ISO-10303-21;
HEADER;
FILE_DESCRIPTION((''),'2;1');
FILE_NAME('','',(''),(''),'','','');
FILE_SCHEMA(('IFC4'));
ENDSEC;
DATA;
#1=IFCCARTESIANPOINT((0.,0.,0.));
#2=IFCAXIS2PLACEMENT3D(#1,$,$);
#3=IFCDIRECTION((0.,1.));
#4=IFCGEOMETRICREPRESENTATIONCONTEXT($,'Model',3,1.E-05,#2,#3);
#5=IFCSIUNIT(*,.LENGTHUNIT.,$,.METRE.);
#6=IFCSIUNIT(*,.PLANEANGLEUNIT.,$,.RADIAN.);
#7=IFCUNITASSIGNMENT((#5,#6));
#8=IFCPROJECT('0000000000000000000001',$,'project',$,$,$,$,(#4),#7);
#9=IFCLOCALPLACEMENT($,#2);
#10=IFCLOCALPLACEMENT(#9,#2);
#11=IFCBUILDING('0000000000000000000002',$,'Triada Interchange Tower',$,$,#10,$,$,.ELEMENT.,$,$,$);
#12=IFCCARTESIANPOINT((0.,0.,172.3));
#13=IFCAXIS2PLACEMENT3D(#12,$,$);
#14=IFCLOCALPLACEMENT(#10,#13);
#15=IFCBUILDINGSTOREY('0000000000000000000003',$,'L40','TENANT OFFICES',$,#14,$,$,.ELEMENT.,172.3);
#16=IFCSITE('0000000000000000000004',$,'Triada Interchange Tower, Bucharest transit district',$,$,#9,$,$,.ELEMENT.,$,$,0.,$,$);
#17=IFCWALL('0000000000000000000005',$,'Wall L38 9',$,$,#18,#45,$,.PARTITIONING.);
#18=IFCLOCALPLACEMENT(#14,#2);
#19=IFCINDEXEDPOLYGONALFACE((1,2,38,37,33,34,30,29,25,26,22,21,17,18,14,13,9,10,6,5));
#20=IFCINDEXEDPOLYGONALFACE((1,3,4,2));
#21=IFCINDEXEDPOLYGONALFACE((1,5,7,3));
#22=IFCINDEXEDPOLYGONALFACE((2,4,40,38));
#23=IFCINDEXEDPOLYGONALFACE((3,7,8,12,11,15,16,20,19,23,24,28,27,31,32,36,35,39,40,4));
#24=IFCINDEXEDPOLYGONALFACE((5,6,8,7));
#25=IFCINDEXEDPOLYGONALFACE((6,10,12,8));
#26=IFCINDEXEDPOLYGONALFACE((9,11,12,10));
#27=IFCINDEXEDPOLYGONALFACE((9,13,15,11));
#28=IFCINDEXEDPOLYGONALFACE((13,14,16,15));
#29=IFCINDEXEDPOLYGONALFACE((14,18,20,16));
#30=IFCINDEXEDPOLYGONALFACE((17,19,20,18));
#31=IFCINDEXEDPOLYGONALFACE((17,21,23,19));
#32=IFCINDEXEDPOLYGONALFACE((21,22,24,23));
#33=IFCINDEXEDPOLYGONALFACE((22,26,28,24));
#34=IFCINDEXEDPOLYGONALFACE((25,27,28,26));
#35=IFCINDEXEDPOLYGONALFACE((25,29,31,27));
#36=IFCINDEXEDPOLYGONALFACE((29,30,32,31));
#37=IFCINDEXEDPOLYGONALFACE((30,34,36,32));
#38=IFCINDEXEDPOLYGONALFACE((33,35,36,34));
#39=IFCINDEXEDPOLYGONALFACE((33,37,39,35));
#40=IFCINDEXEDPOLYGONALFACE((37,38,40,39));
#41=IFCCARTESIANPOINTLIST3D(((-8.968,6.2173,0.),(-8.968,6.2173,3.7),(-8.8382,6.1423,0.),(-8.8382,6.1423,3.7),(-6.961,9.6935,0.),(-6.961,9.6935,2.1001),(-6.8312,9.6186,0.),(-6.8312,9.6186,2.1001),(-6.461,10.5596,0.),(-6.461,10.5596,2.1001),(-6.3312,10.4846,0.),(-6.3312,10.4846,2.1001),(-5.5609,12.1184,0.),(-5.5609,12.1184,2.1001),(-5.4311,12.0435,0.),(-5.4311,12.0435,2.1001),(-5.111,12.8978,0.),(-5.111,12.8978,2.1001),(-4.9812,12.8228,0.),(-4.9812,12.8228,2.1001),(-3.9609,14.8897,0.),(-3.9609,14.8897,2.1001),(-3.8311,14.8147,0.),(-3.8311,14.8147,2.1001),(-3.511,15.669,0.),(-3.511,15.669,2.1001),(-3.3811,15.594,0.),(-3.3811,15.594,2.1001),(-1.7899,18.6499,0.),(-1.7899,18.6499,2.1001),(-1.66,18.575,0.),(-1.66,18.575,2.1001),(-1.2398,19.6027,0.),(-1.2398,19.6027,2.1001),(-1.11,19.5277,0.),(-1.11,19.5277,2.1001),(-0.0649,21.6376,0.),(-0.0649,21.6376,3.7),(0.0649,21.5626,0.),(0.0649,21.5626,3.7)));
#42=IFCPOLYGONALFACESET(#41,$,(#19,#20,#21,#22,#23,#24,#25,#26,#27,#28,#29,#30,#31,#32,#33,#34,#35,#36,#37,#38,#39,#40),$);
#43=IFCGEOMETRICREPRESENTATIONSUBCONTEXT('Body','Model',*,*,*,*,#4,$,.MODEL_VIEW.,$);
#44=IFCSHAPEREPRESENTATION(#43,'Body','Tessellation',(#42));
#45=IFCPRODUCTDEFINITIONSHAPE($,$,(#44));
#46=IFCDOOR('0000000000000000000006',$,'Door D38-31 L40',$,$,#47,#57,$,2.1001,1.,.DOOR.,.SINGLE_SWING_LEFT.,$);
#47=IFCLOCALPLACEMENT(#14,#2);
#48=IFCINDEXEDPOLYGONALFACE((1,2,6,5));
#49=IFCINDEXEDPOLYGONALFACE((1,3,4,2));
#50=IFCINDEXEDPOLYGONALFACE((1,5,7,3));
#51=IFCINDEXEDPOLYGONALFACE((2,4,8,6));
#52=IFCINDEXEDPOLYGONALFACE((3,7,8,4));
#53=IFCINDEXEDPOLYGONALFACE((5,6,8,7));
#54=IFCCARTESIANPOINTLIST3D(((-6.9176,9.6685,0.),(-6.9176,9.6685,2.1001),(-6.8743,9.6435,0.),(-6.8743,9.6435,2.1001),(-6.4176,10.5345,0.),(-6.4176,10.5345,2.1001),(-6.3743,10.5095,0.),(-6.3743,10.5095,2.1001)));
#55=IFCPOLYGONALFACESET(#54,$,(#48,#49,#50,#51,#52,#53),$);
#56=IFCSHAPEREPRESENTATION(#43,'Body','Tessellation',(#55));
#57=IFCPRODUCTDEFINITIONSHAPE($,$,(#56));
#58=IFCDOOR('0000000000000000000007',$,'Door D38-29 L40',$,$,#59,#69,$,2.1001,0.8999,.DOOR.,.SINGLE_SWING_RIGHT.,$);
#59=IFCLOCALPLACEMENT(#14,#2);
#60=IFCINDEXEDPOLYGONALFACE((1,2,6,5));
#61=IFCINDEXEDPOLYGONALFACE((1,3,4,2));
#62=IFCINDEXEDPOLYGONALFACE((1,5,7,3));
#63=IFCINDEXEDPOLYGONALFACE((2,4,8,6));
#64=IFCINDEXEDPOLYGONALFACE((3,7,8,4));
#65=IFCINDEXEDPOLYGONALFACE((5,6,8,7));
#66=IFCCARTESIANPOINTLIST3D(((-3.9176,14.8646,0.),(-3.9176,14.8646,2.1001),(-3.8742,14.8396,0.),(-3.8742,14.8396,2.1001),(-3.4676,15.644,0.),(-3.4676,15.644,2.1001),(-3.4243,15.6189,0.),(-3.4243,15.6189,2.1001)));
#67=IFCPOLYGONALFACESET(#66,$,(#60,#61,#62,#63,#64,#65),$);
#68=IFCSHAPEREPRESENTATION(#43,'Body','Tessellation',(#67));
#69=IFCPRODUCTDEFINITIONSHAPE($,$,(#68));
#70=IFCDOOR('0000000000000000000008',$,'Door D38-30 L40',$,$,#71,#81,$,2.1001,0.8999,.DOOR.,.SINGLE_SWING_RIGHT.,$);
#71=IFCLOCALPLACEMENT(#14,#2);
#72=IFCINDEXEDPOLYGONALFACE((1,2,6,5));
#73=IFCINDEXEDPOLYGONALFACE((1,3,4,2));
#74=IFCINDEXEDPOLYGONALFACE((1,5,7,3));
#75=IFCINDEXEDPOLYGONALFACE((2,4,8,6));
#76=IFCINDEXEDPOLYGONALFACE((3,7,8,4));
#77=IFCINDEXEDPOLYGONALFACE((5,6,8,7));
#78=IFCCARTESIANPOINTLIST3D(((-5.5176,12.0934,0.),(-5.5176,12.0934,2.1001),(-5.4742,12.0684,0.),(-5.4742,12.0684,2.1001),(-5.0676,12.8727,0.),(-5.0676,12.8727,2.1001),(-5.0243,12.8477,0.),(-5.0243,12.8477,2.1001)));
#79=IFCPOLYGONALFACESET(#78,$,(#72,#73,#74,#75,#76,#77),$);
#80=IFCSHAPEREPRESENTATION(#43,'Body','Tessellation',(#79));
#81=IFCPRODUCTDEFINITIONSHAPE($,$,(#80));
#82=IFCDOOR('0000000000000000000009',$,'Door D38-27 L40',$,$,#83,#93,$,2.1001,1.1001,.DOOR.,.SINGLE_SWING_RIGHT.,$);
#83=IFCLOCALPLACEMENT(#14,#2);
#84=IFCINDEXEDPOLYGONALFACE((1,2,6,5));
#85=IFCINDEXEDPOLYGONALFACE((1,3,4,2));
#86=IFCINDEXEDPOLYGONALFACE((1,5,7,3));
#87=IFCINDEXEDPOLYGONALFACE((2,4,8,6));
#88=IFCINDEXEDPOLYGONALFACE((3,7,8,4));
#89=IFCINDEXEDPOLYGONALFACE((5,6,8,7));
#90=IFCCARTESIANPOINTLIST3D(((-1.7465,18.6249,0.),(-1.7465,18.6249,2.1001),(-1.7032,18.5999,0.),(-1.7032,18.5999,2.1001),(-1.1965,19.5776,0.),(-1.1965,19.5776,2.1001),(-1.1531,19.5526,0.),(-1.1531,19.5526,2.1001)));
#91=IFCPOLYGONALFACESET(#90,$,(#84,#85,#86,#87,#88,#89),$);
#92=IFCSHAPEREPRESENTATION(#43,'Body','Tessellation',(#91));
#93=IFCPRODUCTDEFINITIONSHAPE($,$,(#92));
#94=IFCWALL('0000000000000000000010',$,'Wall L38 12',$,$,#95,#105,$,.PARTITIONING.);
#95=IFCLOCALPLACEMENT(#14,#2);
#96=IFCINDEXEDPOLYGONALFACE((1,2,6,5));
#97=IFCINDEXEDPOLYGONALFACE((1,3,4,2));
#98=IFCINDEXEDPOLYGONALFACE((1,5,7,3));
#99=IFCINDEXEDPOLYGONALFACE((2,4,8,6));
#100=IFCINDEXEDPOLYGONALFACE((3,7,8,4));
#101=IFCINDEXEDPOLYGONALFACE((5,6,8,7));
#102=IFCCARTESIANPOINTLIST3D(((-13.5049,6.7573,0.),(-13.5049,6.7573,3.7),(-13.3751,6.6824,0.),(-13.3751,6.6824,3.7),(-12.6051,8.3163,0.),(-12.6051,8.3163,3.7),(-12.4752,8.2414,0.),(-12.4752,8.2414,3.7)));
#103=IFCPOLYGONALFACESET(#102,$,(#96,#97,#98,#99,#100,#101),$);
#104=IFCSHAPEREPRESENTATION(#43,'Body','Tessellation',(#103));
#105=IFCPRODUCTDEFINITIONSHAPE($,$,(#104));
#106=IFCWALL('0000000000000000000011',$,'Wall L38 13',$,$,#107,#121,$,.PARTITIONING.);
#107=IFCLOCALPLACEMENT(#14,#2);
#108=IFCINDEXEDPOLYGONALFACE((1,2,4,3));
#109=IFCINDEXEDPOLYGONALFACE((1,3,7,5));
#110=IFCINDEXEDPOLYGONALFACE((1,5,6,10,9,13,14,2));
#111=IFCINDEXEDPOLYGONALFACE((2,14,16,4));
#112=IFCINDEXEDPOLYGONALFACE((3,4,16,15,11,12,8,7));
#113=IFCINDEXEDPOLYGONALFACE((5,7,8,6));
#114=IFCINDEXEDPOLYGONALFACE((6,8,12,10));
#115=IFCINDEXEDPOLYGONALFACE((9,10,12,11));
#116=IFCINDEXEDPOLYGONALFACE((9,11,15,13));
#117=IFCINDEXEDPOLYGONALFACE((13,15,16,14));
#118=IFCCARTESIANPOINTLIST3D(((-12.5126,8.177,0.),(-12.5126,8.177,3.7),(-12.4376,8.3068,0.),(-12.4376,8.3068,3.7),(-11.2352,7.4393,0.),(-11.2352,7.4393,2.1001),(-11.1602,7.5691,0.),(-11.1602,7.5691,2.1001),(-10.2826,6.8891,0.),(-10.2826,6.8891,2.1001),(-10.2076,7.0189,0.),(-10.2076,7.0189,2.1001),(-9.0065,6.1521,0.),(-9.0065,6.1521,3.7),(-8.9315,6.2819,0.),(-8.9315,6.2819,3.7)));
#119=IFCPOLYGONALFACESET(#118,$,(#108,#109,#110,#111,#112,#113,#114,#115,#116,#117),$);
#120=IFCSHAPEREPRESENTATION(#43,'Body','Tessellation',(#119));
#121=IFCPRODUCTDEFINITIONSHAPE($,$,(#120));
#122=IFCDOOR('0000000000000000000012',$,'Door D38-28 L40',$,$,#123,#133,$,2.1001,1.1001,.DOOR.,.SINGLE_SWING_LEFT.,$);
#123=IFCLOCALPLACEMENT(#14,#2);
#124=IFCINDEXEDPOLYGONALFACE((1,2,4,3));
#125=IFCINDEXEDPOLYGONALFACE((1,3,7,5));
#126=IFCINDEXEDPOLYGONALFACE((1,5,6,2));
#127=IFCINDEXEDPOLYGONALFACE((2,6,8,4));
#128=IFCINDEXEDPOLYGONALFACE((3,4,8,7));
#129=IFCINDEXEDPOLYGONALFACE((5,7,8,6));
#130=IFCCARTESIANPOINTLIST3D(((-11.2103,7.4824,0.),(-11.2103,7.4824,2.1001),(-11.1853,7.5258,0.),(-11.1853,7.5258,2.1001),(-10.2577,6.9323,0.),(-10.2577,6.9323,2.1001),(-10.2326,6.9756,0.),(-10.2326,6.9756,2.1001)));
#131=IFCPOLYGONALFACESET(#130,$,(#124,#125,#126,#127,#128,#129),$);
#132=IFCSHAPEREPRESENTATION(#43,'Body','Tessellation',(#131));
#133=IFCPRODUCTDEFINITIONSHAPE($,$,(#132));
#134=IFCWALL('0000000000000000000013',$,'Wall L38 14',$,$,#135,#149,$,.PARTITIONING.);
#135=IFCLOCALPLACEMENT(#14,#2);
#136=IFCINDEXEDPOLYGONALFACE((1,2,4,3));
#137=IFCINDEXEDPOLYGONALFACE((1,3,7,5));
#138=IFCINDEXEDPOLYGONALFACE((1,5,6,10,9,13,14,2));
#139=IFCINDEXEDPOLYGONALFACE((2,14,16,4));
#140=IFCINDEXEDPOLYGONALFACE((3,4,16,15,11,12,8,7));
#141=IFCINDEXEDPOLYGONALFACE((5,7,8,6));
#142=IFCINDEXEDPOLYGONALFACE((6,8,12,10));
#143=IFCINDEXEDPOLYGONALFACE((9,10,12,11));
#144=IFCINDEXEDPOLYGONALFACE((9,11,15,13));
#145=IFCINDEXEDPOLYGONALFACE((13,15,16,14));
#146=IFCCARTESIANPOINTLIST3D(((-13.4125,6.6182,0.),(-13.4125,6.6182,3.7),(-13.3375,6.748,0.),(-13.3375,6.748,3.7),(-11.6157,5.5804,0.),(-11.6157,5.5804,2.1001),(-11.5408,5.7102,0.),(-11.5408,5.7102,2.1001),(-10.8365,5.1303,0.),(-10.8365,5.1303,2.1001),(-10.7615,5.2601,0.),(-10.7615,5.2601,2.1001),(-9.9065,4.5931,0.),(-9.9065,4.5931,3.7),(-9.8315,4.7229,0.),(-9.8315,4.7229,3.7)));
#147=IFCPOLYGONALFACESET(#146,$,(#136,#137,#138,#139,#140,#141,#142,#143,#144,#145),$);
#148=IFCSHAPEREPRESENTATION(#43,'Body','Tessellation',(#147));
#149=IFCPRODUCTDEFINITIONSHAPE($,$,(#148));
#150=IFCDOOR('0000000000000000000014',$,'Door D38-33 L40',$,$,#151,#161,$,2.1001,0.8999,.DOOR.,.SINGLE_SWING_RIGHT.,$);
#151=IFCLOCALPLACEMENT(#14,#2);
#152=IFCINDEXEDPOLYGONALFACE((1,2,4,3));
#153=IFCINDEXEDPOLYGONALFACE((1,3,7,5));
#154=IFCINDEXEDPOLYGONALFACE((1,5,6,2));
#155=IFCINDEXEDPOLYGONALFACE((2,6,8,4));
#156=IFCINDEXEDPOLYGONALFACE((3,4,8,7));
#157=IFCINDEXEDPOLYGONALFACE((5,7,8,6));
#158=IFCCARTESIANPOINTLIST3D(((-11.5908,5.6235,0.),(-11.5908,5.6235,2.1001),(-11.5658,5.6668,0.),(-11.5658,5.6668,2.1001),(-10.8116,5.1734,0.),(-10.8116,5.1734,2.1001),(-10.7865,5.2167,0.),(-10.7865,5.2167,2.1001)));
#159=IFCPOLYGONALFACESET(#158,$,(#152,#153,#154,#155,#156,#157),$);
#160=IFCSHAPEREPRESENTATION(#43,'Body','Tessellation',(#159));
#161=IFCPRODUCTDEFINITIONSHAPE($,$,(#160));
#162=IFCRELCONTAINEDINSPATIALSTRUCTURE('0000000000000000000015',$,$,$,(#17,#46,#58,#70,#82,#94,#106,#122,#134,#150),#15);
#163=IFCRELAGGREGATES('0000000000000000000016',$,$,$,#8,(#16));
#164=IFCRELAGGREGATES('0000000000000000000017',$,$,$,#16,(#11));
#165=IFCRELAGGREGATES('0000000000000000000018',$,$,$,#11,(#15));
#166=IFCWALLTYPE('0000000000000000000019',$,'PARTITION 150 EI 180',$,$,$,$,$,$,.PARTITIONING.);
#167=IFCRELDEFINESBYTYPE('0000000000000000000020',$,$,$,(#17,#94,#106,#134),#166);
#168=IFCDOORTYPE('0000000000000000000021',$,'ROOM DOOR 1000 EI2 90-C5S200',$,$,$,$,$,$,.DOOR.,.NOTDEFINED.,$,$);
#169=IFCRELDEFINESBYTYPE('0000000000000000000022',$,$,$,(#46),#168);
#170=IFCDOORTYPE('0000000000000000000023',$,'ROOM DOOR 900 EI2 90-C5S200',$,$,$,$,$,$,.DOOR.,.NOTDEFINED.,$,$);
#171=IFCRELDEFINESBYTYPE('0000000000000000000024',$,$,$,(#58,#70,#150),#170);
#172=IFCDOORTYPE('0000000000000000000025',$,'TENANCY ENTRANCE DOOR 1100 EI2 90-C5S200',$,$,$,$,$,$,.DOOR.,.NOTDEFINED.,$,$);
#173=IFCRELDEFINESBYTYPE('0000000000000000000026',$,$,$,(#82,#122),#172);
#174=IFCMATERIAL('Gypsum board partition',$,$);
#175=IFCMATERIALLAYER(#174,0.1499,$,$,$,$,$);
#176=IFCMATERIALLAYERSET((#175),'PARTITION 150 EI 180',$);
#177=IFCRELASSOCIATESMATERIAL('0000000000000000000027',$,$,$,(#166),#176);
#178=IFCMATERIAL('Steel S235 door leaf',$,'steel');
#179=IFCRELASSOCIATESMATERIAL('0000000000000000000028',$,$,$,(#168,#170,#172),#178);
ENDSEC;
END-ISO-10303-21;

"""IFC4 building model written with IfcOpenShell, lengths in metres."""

from ifc_helpers import new_model, si_unit, direction, frame, frame_2d, origin, place, context, subcontext, project, spatial, rectangle, extrude, material, layer, layer_set, type_object, element, fill, save


model = new_model("IFC4")

# Units and contexts
model_context = context("Model", 3, precision=1e-05, world=origin(), true_north=direction((0.0, 1.0)))
body_context = subcontext(model_context, "Body", "Model", "MODEL_VIEW")
ifc_project = project(units=[si_unit("LENGTHUNIT", "METRE"), si_unit("PLANEANGLEUNIT", "RADIAN")], contexts=[model_context])

# Site, building, storey
site_placement = place(None, origin())
site = spatial("IfcSite", under=ifc_project, at=site_placement, Name="Triada Interchange Tower, Bucharest transit district", CompositionType="ELEMENT", RefElevation=0.0)
building_placement = place(site_placement, origin())
building = spatial("IfcBuilding", under=site, at=building_placement, Name="Triada Interchange Tower", CompositionType="ELEMENT")
storey_placement = place(building_placement, frame((0.0, 0.0, 172.3)))
storey = spatial("IfcBuildingStorey", under=building, at=storey_placement, Name="L40", Description="TENANT OFFICES", CompositionType="ELEMENT", Elevation=172.3)

# Shared definitions
ifc_material_1 = material(Name="Steel S235 door leaf", Category="steel")

# Wall, openings, doors
ifc_material_2 = material(Name="Gypsum board partition")
ifc_layer_1 = layer(ifc_material_2, 0.1499)
ifc_layer_set_1 = layer_set([ifc_layer_1], Name="PARTITION 150 EI 180")
wall_type_1 = type_object("IfcWallType", Name="PARTITION 150 EI 180", PredefinedType="PARTITIONING", material=ifc_layer_set_1)
wall_1_placement = place(storey_placement, frame((-8.9031, 6.1799, 0.0), z_axis=(0.0, 0.0, 1.0), x_axis=(0.50001, 0.86602, 0.0)))
wall_1 = element("IfcWall", 1, at=wall_1_placement, inside=storey, type_object=wall_type_1, Name="Wall L38 9", PredefinedType="PARTITIONING", context=body_context, shape_type="SweptSolid", body=[
    extrude(rectangle(XDim=17.8059, YDim=0.1499, at=frame_2d((8.9028, 0.0))), origin(), (0.0, 0.0, 1.0), 3.7),
])
opening_1_placement = place(wall_1_placement, frame((14.356, 0.0, 0.0)))
opening_1 = element("IfcOpeningElement", 2, at=opening_1_placement, cuts=wall_1, PredefinedType="OPENING", context=body_context, shape_type="SweptSolid", body=[
    extrude(rectangle(XDim=1.1001, YDim=2.1001, at=frame_2d((0.55, 1.05))), frame((0.0, 0.085, 0.0), z_axis=(0.0, -1.0, 0.0), x_axis=(1.0, 0.0, 0.0)), (0.0, 0.0, 1.0), 0.1699),
])
opening_2_placement = place(wall_1_placement, frame((10.0139, 0.0, 0.0)))
opening_2 = element("IfcOpeningElement", 3, at=opening_2_placement, cuts=wall_1, PredefinedType="OPENING", context=body_context, shape_type="SweptSolid", body=[
    extrude(rectangle(XDim=0.8999, YDim=2.1001, at=frame_2d((0.45, 1.05))), frame((0.0, 0.085, 0.0), z_axis=(0.0, -1.0, 0.0), x_axis=(1.0, 0.0, 0.0)), (0.0, 0.0, 1.0), 0.1699),
])
opening_3_placement = place(wall_1_placement, frame((6.814, 0.0, 0.0)))
opening_3 = element("IfcOpeningElement", 4, at=opening_3_placement, cuts=wall_1, PredefinedType="OPENING", context=body_context, shape_type="SweptSolid", body=[
    extrude(rectangle(XDim=0.8999, YDim=2.1001, at=frame_2d((0.45, 1.05))), frame((0.0, 0.085, 0.0), z_axis=(0.0, -1.0, 0.0), x_axis=(1.0, 0.0, 0.0)), (0.0, 0.0, 1.0), 0.1699),
])
opening_4_placement = place(wall_1_placement, frame((4.0139, 0.0, 0.0)))
opening_4 = element("IfcOpeningElement", 5, at=opening_4_placement, cuts=wall_1, PredefinedType="OPENING", context=body_context, shape_type="SweptSolid", body=[
    extrude(rectangle(XDim=1.0, YDim=2.1001, at=frame_2d((0.5, 1.05))), frame((0.0, 0.085, 0.0), z_axis=(0.0, -1.0, 0.0), x_axis=(1.0, 0.0, 0.0)), (0.0, 0.0, 1.0), 0.1699),
])
door_type_1 = type_object("IfcDoorType", Name="ROOM DOOR 1000 EI2 90-C5S200", OperationType="NOTDEFINED", PredefinedType="DOOR", material=ifc_material_1)
door_1_placement = place(opening_4_placement, origin())
door_1 = element("IfcDoor", 6, at=door_1_placement, inside=storey, type_object=door_type_1, Name="Door D38-31 L40", OperationType="SINGLE_SWING_LEFT", OverallHeight=2.1001, OverallWidth=1.0, PredefinedType="DOOR", context=body_context, shape_type="SweptSolid", body=[
    extrude(rectangle(XDim=1.0, YDim=2.1001, at=frame_2d((0.5, 1.05))), frame((0.0, 0.0249, 0.0), z_axis=(0.0, -1.0, 0.0), x_axis=(1.0, 0.0, 0.0)), (0.0, 0.0, 1.0), 0.05),
])
fill(opening_4, door_1)
door_type_2 = type_object("IfcDoorType", Name="ROOM DOOR 900 EI2 90-C5S200", OperationType="NOTDEFINED", PredefinedType="DOOR", material=ifc_material_1)
door_2_placement = place(opening_2_placement, origin())
door_2 = element("IfcDoor", 7, at=door_2_placement, inside=storey, type_object=door_type_2, Name="Door D38-29 L40", OperationType="SINGLE_SWING_RIGHT", OverallHeight=2.1001, OverallWidth=0.8999, PredefinedType="DOOR", context=body_context, shape_type="SweptSolid", body=[
    extrude(rectangle(XDim=0.8999, YDim=2.1001, at=frame_2d((0.45, 1.05))), frame((0.0, 0.0249, 0.0), z_axis=(0.0, -1.0, 0.0), x_axis=(1.0, 0.0, 0.0)), (0.0, 0.0, 1.0), 0.05),
])
fill(opening_2, door_2)
door_3_placement = place(opening_3_placement, origin())
door_3 = element("IfcDoor", 8, at=door_3_placement, inside=storey, type_object=door_type_2, Name="Door D38-30 L40", OperationType="SINGLE_SWING_RIGHT", OverallHeight=2.1001, OverallWidth=0.8999, PredefinedType="DOOR", context=body_context, shape_type="SweptSolid", body=[
    extrude(rectangle(XDim=0.8999, YDim=2.1001, at=frame_2d((0.45, 1.05))), frame((0.0, 0.0249, 0.0), z_axis=(0.0, -1.0, 0.0), x_axis=(1.0, 0.0, 0.0)), (0.0, 0.0, 1.0), 0.05),
])
fill(opening_3, door_3)
door_type_3 = type_object("IfcDoorType", Name="TENANCY ENTRANCE DOOR 1100 EI2 90-C5S200", OperationType="NOTDEFINED", PredefinedType="DOOR", material=ifc_material_1)
door_4_placement = place(opening_1_placement, origin())
door_4 = element("IfcDoor", 9, at=door_4_placement, inside=storey, type_object=door_type_3, Name="Door D38-27 L40", OperationType="SINGLE_SWING_RIGHT", OverallHeight=2.1001, OverallWidth=1.1001, PredefinedType="DOOR", context=body_context, shape_type="SweptSolid", body=[
    extrude(rectangle(XDim=1.1001, YDim=2.1001, at=frame_2d((0.55, 1.05))), frame((0.0, 0.0249, 0.0), z_axis=(0.0, -1.0, 0.0), x_axis=(1.0, 0.0, 0.0)), (0.0, 0.0, 1.0), 0.05),
])
fill(opening_1, door_4)

# Wall
wall_2_placement = place(storey_placement, frame((-13.4399, 6.72, 0.0), z_axis=(0.0, 0.0, 1.0), x_axis=(0.499902, 0.866082, 0.0)))
element("IfcWall", 10, at=wall_2_placement, inside=storey, type_object=wall_type_1, Name="Wall L38 12", PredefinedType="PARTITIONING", context=body_context, shape_type="SweptSolid", body=[
    extrude(rectangle(XDim=1.8, YDim=0.1499, at=frame_2d((0.8999, 0.0))), origin(), (0.0, 0.0, 1.0), 3.7),
])

# Walls, openings, doors
wall_3_placement = place(storey_placement, frame((-12.4751, 8.2419, 0.0), z_axis=(0.0, 0.0, 1.0), x_axis=(0.865956, -0.500121, 0.0)))
wall_3 = element("IfcWall", 11, at=wall_3_placement, inside=storey, type_object=wall_type_1, Name="Wall L38 13", PredefinedType="PARTITIONING", context=body_context, shape_type="SweptSolid", body=[
    extrude(rectangle(XDim=4.0488, YDim=0.1499, at=frame_2d((2.0244, 0.0))), origin(), (0.0, 0.0, 1.0), 3.7),
])
opening_5_placement = place(wall_3_placement, frame((1.4751, 0.0, 0.0)))
opening_5 = element("IfcOpeningElement", 12, at=opening_5_placement, cuts=wall_3, PredefinedType="OPENING", context=body_context, shape_type="SweptSolid", body=[
    extrude(rectangle(XDim=1.1001, YDim=2.1001, at=frame_2d((0.55, 1.05))), frame((0.0, 0.085, 0.0), z_axis=(0.0, -1.0, 0.0), x_axis=(1.0, 0.0, 0.0)), (0.0, 0.0, 1.0), 0.1699),
])
door_5_placement = place(opening_5_placement, origin())
door_5 = element("IfcDoor", 13, at=door_5_placement, inside=storey, type_object=door_type_3, Name="Door D38-28 L40", OperationType="SINGLE_SWING_LEFT", OverallHeight=2.1001, OverallWidth=1.1001, PredefinedType="DOOR", context=body_context, shape_type="SweptSolid", body=[
    extrude(rectangle(XDim=1.1001, YDim=2.1001, at=frame_2d((0.55, 1.05))), frame((0.0, 0.0249, 0.0), z_axis=(0.0, -1.0, 0.0), x_axis=(1.0, 0.0, 0.0)), (0.0, 0.0, 1.0), 0.05),
])
fill(opening_5, door_5)
wall_4_placement = place(storey_placement, frame((-13.375, 6.6831, 0.0), z_axis=(0.0, 0.0, 1.0), x_axis=(0.865929, -0.500166, 0.0)))
wall_4 = element("IfcWall", 14, at=wall_4_placement, inside=storey, type_object=wall_type_1, Name="Wall L38 14", PredefinedType="PARTITIONING", context=body_context, shape_type="SweptSolid", body=[
    extrude(rectangle(XDim=4.0488, YDim=0.1499, at=frame_2d((2.0244, 0.0))), origin(), (0.0, 0.0, 1.0), 3.7),
])
opening_6_placement = place(wall_4_placement, frame((2.075, 0.0, 0.0)))
opening_6 = element("IfcOpeningElement", 15, at=opening_6_placement, cuts=wall_4, PredefinedType="OPENING", context=body_context, shape_type="SweptSolid", body=[
    extrude(rectangle(XDim=0.8999, YDim=2.1001, at=frame_2d((0.45, 1.05))), frame((0.0, 0.085, 0.0), z_axis=(0.0, -1.0, 0.0), x_axis=(1.0, 0.0, 0.0)), (0.0, 0.0, 1.0), 0.1699),
])
door_6_placement = place(opening_6_placement, origin())
door_6 = element("IfcDoor", 16, at=door_6_placement, inside=storey, type_object=door_type_2, Name="Door D38-33 L40", OperationType="SINGLE_SWING_RIGHT", OverallHeight=2.1001, OverallWidth=0.8999, PredefinedType="DOOR", context=body_context, shape_type="SweptSolid", body=[
    extrude(rectangle(XDim=0.8999, YDim=2.1001, at=frame_2d((0.45, 1.05))), frame((0.0, 0.0249, 0.0), z_axis=(0.0, -1.0, 0.0), x_axis=(1.0, 0.0, 0.0)), (0.0, 0.0, 1.0), 0.05),
])
fill(opening_6, door_6)

save(model, "model.ifc")
